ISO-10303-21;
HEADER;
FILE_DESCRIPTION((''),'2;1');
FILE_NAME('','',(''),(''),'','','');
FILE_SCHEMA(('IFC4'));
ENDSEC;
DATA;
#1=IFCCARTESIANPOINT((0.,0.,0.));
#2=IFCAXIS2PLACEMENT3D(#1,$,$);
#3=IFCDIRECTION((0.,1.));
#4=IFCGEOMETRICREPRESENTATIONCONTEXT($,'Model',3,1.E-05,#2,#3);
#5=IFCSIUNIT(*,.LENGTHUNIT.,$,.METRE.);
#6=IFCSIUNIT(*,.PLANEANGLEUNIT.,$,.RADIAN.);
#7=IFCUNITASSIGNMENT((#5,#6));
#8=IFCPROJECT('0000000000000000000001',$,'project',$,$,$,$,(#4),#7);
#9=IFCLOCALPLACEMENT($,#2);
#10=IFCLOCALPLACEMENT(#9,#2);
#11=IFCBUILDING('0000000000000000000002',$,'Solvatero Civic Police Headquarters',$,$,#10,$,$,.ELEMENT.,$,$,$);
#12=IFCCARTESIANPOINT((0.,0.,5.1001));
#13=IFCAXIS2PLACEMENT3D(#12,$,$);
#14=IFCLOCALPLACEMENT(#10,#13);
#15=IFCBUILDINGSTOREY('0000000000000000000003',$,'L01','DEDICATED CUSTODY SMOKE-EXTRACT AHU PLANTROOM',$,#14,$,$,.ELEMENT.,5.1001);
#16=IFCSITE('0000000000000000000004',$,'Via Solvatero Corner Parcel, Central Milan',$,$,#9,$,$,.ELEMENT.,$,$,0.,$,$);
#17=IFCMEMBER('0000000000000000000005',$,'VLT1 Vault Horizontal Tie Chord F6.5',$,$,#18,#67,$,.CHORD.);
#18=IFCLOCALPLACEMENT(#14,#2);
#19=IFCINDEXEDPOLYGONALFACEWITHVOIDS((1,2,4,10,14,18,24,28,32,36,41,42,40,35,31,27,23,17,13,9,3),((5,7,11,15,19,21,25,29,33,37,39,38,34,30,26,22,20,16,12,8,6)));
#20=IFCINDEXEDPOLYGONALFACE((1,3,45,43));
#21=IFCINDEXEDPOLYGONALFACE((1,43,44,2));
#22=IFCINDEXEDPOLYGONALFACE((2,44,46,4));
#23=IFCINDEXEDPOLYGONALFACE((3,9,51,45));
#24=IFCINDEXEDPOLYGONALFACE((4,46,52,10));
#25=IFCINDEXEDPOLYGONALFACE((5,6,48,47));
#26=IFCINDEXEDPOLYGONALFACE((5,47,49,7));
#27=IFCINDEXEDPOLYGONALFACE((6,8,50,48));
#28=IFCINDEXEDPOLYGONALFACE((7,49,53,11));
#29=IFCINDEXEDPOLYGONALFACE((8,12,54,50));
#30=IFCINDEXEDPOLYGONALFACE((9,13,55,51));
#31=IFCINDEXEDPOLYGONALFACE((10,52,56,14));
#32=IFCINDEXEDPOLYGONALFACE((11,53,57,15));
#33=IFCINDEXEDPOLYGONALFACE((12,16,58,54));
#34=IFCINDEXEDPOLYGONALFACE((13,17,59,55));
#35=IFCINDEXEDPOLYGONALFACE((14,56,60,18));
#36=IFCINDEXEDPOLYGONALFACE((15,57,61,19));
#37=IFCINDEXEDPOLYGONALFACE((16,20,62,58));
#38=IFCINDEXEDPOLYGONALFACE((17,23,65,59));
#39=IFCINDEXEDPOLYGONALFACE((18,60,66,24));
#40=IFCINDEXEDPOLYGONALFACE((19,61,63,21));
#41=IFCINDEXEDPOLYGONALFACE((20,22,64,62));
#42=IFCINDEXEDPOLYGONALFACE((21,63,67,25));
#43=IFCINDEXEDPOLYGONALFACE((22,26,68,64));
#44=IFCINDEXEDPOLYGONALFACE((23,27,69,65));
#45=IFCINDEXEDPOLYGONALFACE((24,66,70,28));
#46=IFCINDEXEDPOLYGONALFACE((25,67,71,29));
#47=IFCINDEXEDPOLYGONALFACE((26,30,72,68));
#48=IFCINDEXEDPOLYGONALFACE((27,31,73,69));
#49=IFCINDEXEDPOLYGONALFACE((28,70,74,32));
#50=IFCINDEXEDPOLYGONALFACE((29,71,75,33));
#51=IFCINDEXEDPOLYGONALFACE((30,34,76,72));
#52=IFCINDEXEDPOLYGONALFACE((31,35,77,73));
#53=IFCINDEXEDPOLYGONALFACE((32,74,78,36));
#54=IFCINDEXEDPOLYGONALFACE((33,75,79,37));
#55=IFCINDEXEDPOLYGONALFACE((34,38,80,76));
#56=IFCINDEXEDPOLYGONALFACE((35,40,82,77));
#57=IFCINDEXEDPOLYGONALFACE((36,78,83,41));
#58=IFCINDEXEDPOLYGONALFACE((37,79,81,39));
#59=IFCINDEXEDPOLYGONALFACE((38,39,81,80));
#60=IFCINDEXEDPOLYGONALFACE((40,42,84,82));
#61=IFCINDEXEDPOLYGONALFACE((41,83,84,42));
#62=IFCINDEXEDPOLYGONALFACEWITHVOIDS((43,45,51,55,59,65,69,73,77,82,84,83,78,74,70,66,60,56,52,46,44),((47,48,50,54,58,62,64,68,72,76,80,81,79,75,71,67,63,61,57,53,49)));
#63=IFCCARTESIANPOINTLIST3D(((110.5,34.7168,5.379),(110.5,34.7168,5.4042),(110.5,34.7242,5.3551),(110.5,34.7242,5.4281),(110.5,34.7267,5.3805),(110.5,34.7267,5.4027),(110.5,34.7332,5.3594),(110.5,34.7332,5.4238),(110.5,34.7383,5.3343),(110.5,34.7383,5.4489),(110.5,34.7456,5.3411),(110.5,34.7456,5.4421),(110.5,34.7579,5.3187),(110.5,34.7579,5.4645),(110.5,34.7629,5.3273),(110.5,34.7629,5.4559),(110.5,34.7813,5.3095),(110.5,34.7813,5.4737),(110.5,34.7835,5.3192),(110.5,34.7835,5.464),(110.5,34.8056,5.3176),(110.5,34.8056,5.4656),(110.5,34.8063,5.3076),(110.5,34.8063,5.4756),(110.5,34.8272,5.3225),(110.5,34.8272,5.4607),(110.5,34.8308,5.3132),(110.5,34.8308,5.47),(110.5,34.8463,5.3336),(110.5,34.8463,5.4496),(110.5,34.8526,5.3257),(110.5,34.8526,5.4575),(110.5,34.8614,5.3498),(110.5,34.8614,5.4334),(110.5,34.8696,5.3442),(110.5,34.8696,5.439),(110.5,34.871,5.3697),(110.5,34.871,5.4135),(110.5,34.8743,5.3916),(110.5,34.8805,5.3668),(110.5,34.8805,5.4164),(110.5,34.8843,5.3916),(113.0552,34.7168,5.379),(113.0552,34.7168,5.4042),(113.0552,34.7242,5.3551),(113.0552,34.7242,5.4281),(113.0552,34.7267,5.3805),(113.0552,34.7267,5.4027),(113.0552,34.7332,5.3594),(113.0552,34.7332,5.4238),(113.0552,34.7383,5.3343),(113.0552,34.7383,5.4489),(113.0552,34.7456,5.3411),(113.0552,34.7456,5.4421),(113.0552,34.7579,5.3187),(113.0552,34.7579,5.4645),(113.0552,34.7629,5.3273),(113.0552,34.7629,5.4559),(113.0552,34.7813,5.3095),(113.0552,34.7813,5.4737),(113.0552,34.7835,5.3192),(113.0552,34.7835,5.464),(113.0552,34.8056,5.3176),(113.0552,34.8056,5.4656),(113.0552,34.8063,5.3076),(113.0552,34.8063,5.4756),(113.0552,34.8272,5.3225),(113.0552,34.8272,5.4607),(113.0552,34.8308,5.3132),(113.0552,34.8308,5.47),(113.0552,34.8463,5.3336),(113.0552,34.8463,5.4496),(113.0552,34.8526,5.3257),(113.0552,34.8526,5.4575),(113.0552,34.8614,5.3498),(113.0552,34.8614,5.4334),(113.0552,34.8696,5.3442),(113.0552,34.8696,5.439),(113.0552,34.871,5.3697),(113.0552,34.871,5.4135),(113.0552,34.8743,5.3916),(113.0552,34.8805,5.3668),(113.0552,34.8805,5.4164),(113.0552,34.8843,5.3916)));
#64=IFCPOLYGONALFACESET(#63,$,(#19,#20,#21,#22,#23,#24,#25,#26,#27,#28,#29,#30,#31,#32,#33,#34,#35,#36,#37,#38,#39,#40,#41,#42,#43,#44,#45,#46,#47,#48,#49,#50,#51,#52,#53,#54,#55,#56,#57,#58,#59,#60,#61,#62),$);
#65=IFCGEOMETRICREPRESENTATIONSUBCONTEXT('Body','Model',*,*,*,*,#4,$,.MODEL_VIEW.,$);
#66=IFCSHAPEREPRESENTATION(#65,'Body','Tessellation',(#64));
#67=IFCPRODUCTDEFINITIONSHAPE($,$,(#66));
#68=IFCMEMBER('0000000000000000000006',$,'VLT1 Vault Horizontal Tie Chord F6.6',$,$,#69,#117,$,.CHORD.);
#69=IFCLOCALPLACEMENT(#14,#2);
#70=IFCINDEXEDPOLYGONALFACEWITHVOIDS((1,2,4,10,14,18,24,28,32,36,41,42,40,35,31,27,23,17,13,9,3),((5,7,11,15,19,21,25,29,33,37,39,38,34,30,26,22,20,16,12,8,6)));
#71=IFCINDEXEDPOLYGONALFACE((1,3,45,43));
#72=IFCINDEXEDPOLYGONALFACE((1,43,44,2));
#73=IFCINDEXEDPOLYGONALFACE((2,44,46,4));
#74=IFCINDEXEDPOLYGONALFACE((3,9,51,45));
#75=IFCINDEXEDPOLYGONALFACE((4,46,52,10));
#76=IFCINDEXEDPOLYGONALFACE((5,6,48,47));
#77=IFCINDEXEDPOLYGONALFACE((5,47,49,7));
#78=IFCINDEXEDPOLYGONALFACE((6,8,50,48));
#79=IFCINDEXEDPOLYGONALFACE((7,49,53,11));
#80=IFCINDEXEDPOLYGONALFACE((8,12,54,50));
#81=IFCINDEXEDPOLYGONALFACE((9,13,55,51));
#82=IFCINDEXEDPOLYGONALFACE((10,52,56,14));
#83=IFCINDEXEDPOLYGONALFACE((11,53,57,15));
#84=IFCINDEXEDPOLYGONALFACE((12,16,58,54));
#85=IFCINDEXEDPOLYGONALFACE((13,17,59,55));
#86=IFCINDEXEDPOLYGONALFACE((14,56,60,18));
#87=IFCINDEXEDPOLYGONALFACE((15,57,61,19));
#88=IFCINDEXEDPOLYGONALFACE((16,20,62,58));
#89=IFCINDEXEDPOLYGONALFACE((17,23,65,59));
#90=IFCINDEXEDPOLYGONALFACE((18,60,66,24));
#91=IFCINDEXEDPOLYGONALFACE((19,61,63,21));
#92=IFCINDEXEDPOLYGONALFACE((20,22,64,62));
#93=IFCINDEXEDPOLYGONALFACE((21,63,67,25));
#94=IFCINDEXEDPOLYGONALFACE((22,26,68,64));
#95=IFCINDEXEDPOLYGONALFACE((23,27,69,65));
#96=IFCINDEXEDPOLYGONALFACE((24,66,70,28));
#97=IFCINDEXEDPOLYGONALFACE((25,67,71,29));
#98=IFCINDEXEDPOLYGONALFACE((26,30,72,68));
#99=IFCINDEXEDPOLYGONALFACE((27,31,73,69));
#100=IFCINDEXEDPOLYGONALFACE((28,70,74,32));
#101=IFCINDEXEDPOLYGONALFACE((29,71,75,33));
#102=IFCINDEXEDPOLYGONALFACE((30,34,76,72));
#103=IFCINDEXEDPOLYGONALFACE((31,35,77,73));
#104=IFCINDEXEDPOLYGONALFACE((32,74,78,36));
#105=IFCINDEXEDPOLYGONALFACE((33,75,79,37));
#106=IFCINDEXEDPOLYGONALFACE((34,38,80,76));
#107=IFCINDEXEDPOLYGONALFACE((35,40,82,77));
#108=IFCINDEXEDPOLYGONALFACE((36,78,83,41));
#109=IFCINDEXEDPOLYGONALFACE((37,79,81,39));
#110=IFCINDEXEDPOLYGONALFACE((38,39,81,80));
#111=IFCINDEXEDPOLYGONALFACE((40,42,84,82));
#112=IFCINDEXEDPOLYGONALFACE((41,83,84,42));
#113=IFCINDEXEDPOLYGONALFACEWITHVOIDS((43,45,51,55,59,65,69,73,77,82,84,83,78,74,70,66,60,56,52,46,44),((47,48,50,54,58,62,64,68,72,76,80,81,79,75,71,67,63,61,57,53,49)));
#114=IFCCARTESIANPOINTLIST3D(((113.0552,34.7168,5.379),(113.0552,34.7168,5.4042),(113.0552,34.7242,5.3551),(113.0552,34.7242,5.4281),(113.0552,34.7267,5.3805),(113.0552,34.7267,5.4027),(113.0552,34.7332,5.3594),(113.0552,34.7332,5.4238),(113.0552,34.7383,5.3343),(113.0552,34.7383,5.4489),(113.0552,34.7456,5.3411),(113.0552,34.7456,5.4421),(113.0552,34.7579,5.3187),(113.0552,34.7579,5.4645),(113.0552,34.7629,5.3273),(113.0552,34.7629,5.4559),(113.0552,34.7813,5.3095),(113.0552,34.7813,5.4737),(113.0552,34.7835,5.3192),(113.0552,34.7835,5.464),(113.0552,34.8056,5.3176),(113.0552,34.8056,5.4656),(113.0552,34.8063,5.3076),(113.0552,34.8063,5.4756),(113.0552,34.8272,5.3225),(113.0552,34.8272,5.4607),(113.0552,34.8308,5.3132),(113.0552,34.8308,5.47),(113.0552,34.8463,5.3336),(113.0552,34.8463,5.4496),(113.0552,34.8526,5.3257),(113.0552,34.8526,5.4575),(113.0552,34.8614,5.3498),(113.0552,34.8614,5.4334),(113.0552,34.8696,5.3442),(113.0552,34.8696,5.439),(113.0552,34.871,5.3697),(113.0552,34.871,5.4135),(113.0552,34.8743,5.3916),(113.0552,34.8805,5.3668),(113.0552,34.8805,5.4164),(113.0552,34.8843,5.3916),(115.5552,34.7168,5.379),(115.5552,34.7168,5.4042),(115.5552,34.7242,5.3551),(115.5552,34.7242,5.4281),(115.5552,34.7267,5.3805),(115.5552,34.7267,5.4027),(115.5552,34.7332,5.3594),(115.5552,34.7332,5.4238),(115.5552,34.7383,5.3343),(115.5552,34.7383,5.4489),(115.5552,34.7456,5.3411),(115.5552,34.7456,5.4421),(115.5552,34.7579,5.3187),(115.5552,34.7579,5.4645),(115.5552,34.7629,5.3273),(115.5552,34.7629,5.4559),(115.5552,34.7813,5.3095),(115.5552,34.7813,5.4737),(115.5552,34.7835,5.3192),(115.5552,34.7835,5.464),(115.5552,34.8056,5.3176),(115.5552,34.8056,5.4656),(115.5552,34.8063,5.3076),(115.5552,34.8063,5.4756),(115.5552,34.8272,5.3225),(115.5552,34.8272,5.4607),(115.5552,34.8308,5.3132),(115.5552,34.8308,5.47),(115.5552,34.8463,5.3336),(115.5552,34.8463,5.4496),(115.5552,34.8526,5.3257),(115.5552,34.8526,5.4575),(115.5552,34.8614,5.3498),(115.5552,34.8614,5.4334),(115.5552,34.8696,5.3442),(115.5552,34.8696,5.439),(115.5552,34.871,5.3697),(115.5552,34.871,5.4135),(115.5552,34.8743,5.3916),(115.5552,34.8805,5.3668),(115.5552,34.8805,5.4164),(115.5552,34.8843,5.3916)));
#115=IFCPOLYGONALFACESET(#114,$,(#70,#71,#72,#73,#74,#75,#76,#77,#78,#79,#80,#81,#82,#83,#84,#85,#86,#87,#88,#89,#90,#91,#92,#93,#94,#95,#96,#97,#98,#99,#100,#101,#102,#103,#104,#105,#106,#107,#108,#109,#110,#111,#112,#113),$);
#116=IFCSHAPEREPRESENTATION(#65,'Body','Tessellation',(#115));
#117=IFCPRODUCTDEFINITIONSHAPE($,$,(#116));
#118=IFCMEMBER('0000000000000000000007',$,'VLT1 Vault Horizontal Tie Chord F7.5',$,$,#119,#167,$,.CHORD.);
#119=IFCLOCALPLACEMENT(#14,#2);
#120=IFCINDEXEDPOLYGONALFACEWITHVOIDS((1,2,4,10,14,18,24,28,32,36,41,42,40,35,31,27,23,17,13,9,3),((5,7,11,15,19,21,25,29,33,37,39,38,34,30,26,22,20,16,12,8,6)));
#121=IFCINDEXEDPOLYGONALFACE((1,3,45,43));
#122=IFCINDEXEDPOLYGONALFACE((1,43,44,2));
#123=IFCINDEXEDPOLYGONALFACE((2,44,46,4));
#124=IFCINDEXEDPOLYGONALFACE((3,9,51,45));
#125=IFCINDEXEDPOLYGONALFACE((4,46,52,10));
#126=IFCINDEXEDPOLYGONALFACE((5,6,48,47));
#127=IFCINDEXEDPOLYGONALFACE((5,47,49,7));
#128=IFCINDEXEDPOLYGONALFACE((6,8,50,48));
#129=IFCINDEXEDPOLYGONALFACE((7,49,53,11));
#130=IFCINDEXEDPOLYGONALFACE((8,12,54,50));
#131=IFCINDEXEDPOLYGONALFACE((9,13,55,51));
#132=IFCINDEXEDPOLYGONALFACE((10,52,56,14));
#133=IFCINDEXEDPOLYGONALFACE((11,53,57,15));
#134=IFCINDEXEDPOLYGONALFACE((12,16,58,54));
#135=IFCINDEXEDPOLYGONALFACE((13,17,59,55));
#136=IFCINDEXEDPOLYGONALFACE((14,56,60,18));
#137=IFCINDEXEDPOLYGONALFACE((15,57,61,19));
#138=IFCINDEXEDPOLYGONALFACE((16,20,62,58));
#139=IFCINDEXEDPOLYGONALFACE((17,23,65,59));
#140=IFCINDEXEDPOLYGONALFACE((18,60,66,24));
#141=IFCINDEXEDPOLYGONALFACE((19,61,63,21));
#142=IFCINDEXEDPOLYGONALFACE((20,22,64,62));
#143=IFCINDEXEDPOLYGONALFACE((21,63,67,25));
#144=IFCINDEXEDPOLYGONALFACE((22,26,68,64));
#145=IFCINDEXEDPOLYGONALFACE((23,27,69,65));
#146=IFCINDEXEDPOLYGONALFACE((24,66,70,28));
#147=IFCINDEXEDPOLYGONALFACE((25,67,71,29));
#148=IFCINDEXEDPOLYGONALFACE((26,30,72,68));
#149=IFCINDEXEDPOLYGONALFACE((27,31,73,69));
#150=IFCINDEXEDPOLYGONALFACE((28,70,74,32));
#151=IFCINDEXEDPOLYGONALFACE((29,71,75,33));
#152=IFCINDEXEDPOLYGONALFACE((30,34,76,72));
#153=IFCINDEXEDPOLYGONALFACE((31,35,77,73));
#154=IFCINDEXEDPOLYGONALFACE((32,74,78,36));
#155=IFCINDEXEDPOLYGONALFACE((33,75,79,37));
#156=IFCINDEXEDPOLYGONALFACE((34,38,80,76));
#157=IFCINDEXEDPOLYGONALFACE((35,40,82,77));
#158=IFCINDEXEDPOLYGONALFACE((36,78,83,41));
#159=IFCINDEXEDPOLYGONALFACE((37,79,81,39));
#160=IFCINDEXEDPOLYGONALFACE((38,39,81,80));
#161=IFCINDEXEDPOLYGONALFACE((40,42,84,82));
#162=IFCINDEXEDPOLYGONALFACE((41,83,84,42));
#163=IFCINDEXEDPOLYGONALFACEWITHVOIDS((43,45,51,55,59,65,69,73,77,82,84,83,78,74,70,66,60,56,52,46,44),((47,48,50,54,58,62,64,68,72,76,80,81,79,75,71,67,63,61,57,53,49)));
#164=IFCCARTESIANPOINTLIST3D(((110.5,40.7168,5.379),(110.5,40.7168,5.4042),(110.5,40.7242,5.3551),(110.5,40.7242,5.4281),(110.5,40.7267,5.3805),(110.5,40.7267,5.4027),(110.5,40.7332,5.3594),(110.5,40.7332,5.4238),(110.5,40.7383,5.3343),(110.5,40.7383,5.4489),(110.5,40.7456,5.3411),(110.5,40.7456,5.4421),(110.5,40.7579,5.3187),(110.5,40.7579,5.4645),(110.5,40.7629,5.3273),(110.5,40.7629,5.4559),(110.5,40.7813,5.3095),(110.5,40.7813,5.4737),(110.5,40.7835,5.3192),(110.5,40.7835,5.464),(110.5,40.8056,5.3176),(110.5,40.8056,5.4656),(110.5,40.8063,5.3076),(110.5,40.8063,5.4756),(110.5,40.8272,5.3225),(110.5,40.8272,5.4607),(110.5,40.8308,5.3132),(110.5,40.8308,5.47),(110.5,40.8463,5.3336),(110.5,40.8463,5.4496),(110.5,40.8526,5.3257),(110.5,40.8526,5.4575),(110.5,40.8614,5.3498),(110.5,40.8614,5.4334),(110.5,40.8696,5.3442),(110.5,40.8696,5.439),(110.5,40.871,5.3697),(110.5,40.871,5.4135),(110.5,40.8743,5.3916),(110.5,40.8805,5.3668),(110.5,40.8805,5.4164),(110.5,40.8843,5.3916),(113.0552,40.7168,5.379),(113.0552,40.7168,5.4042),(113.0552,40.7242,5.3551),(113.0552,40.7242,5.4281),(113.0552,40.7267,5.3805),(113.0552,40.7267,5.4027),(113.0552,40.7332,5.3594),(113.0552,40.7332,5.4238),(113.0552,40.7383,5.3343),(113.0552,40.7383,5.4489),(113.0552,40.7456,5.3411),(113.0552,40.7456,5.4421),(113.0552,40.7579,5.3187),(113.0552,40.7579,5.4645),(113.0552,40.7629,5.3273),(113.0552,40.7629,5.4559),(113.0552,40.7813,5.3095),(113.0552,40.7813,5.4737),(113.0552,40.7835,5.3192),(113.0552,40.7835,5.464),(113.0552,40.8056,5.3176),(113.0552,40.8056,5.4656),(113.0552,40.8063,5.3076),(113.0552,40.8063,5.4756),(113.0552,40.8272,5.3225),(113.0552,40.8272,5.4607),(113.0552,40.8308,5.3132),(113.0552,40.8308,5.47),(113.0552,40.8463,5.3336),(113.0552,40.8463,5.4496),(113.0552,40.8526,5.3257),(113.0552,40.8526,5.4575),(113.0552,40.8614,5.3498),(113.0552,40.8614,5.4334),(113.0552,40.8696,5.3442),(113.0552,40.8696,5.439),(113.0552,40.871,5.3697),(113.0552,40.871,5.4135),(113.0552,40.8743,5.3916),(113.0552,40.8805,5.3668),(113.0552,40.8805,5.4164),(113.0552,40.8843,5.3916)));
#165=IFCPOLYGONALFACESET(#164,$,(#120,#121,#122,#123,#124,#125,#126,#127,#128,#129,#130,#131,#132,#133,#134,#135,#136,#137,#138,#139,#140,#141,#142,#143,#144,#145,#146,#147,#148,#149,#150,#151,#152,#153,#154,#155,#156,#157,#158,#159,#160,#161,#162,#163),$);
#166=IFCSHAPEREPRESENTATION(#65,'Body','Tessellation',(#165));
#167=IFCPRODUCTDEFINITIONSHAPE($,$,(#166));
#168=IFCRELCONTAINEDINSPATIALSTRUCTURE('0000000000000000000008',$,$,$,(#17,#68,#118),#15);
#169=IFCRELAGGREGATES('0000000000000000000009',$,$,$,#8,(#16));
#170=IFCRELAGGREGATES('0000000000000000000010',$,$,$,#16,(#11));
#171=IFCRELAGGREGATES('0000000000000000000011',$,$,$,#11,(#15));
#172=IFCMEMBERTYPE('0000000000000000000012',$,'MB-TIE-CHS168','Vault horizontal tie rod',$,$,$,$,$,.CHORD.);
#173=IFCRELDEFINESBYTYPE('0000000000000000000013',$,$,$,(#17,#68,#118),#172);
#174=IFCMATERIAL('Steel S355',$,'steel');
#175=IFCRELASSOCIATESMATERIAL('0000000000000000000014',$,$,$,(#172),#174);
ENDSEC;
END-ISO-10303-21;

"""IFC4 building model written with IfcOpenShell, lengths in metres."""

from ifc_helpers import new_model, si_unit, direction, frame, origin, origin_2d, place, context, subcontext, project, spatial, hollow_circle, extrude, material, material_profile, profile_set, type_object, element, save


model = new_model("IFC4")

# Units and contexts
model_context = context("Model", 3, precision=1e-05, world=origin(), true_north=direction((0.0, 1.0)))
body_context = subcontext(model_context, "Body", "Model", "MODEL_VIEW")
ifc_project = project(units=[si_unit("LENGTHUNIT", "METRE"), si_unit("PLANEANGLEUNIT", "RADIAN")], contexts=[model_context])

# Site, building, storey
site_placement = place(None, origin())
site = spatial("IfcSite", under=ifc_project, at=site_placement, Name="Via Solvatero Corner Parcel, Central Milan", CompositionType="ELEMENT", RefElevation=0.0)
building_placement = place(site_placement, origin())
building = spatial("IfcBuilding", under=site, at=building_placement, Name="Solvatero Civic Police Headquarters", CompositionType="ELEMENT")
storey_placement = place(building_placement, frame((0.0, 0.0, 5.1001)))
storey = spatial("IfcBuildingStorey", under=building, at=storey_placement, Name="L01", Description="DEDICATED CUSTODY SMOKE-EXTRACT AHU PLANTROOM", CompositionType="ELEMENT", Elevation=5.1001)

# Shared definitions
ifc_material = material(Name="Steel S355", Category="steel")

# Members
ifc_material_profile_1 = material_profile(ifc_material, hollow_circle(Radius=0.0842, WallThickness=0.01, at=origin_2d()), Name="CHS 168.3x10.0")
ifc_profile_set_1 = profile_set([ifc_material_profile_1], Name="Steel S355")
member_type_1 = type_object("IfcMemberType", Name="MB-TIE-CHS168", Description="Vault horizontal tie rod", PredefinedType="CHORD", material=ifc_profile_set_1)
member_1_placement = place(storey_placement, frame((110.5, 34.8, 5.3916), z_axis=(1.0, 0.0, 0.0), x_axis=(0.0, 1.0, 0.0)))
element("IfcMember", 1, at=member_1_placement, inside=storey, type_object=member_type_1, Name="VLT1 Vault Horizontal Tie Chord F6.5", PredefinedType="CHORD", context=body_context, shape_type="SweptSolid", body=[
    extrude(hollow_circle(Radius=0.0842, WallThickness=0.01, at=origin_2d()), origin(), (0.0, 0.0, 1.0), 2.5552),
])
member_2_placement = place(storey_placement, frame((113.0552, 34.8, 5.3916), z_axis=(1.0, 0.0, 0.0), x_axis=(0.0, 1.0, 0.0)))
element("IfcMember", 2, at=member_2_placement, inside=storey, type_object=member_type_1, Name="VLT1 Vault Horizontal Tie Chord F6.6", PredefinedType="CHORD", context=body_context, shape_type="SweptSolid", body=[
    extrude(hollow_circle(Radius=0.0842, WallThickness=0.01, at=origin_2d()), origin(), (0.0, 0.0, 1.0), 2.5),
])
member_3_placement = place(storey_placement, frame((110.5, 40.8, 5.3916), z_axis=(1.0, 0.0, 0.0), x_axis=(0.0, 1.0, 0.0)))
element("IfcMember", 3, at=member_3_placement, inside=storey, type_object=member_type_1, Name="VLT1 Vault Horizontal Tie Chord F7.5", PredefinedType="CHORD", context=body_context, shape_type="SweptSolid", body=[
    extrude(hollow_circle(Radius=0.0842, WallThickness=0.01, at=origin_2d()), origin(), (0.0, 0.0, 1.0), 2.5552),
])

save(model, "model.ifc")
